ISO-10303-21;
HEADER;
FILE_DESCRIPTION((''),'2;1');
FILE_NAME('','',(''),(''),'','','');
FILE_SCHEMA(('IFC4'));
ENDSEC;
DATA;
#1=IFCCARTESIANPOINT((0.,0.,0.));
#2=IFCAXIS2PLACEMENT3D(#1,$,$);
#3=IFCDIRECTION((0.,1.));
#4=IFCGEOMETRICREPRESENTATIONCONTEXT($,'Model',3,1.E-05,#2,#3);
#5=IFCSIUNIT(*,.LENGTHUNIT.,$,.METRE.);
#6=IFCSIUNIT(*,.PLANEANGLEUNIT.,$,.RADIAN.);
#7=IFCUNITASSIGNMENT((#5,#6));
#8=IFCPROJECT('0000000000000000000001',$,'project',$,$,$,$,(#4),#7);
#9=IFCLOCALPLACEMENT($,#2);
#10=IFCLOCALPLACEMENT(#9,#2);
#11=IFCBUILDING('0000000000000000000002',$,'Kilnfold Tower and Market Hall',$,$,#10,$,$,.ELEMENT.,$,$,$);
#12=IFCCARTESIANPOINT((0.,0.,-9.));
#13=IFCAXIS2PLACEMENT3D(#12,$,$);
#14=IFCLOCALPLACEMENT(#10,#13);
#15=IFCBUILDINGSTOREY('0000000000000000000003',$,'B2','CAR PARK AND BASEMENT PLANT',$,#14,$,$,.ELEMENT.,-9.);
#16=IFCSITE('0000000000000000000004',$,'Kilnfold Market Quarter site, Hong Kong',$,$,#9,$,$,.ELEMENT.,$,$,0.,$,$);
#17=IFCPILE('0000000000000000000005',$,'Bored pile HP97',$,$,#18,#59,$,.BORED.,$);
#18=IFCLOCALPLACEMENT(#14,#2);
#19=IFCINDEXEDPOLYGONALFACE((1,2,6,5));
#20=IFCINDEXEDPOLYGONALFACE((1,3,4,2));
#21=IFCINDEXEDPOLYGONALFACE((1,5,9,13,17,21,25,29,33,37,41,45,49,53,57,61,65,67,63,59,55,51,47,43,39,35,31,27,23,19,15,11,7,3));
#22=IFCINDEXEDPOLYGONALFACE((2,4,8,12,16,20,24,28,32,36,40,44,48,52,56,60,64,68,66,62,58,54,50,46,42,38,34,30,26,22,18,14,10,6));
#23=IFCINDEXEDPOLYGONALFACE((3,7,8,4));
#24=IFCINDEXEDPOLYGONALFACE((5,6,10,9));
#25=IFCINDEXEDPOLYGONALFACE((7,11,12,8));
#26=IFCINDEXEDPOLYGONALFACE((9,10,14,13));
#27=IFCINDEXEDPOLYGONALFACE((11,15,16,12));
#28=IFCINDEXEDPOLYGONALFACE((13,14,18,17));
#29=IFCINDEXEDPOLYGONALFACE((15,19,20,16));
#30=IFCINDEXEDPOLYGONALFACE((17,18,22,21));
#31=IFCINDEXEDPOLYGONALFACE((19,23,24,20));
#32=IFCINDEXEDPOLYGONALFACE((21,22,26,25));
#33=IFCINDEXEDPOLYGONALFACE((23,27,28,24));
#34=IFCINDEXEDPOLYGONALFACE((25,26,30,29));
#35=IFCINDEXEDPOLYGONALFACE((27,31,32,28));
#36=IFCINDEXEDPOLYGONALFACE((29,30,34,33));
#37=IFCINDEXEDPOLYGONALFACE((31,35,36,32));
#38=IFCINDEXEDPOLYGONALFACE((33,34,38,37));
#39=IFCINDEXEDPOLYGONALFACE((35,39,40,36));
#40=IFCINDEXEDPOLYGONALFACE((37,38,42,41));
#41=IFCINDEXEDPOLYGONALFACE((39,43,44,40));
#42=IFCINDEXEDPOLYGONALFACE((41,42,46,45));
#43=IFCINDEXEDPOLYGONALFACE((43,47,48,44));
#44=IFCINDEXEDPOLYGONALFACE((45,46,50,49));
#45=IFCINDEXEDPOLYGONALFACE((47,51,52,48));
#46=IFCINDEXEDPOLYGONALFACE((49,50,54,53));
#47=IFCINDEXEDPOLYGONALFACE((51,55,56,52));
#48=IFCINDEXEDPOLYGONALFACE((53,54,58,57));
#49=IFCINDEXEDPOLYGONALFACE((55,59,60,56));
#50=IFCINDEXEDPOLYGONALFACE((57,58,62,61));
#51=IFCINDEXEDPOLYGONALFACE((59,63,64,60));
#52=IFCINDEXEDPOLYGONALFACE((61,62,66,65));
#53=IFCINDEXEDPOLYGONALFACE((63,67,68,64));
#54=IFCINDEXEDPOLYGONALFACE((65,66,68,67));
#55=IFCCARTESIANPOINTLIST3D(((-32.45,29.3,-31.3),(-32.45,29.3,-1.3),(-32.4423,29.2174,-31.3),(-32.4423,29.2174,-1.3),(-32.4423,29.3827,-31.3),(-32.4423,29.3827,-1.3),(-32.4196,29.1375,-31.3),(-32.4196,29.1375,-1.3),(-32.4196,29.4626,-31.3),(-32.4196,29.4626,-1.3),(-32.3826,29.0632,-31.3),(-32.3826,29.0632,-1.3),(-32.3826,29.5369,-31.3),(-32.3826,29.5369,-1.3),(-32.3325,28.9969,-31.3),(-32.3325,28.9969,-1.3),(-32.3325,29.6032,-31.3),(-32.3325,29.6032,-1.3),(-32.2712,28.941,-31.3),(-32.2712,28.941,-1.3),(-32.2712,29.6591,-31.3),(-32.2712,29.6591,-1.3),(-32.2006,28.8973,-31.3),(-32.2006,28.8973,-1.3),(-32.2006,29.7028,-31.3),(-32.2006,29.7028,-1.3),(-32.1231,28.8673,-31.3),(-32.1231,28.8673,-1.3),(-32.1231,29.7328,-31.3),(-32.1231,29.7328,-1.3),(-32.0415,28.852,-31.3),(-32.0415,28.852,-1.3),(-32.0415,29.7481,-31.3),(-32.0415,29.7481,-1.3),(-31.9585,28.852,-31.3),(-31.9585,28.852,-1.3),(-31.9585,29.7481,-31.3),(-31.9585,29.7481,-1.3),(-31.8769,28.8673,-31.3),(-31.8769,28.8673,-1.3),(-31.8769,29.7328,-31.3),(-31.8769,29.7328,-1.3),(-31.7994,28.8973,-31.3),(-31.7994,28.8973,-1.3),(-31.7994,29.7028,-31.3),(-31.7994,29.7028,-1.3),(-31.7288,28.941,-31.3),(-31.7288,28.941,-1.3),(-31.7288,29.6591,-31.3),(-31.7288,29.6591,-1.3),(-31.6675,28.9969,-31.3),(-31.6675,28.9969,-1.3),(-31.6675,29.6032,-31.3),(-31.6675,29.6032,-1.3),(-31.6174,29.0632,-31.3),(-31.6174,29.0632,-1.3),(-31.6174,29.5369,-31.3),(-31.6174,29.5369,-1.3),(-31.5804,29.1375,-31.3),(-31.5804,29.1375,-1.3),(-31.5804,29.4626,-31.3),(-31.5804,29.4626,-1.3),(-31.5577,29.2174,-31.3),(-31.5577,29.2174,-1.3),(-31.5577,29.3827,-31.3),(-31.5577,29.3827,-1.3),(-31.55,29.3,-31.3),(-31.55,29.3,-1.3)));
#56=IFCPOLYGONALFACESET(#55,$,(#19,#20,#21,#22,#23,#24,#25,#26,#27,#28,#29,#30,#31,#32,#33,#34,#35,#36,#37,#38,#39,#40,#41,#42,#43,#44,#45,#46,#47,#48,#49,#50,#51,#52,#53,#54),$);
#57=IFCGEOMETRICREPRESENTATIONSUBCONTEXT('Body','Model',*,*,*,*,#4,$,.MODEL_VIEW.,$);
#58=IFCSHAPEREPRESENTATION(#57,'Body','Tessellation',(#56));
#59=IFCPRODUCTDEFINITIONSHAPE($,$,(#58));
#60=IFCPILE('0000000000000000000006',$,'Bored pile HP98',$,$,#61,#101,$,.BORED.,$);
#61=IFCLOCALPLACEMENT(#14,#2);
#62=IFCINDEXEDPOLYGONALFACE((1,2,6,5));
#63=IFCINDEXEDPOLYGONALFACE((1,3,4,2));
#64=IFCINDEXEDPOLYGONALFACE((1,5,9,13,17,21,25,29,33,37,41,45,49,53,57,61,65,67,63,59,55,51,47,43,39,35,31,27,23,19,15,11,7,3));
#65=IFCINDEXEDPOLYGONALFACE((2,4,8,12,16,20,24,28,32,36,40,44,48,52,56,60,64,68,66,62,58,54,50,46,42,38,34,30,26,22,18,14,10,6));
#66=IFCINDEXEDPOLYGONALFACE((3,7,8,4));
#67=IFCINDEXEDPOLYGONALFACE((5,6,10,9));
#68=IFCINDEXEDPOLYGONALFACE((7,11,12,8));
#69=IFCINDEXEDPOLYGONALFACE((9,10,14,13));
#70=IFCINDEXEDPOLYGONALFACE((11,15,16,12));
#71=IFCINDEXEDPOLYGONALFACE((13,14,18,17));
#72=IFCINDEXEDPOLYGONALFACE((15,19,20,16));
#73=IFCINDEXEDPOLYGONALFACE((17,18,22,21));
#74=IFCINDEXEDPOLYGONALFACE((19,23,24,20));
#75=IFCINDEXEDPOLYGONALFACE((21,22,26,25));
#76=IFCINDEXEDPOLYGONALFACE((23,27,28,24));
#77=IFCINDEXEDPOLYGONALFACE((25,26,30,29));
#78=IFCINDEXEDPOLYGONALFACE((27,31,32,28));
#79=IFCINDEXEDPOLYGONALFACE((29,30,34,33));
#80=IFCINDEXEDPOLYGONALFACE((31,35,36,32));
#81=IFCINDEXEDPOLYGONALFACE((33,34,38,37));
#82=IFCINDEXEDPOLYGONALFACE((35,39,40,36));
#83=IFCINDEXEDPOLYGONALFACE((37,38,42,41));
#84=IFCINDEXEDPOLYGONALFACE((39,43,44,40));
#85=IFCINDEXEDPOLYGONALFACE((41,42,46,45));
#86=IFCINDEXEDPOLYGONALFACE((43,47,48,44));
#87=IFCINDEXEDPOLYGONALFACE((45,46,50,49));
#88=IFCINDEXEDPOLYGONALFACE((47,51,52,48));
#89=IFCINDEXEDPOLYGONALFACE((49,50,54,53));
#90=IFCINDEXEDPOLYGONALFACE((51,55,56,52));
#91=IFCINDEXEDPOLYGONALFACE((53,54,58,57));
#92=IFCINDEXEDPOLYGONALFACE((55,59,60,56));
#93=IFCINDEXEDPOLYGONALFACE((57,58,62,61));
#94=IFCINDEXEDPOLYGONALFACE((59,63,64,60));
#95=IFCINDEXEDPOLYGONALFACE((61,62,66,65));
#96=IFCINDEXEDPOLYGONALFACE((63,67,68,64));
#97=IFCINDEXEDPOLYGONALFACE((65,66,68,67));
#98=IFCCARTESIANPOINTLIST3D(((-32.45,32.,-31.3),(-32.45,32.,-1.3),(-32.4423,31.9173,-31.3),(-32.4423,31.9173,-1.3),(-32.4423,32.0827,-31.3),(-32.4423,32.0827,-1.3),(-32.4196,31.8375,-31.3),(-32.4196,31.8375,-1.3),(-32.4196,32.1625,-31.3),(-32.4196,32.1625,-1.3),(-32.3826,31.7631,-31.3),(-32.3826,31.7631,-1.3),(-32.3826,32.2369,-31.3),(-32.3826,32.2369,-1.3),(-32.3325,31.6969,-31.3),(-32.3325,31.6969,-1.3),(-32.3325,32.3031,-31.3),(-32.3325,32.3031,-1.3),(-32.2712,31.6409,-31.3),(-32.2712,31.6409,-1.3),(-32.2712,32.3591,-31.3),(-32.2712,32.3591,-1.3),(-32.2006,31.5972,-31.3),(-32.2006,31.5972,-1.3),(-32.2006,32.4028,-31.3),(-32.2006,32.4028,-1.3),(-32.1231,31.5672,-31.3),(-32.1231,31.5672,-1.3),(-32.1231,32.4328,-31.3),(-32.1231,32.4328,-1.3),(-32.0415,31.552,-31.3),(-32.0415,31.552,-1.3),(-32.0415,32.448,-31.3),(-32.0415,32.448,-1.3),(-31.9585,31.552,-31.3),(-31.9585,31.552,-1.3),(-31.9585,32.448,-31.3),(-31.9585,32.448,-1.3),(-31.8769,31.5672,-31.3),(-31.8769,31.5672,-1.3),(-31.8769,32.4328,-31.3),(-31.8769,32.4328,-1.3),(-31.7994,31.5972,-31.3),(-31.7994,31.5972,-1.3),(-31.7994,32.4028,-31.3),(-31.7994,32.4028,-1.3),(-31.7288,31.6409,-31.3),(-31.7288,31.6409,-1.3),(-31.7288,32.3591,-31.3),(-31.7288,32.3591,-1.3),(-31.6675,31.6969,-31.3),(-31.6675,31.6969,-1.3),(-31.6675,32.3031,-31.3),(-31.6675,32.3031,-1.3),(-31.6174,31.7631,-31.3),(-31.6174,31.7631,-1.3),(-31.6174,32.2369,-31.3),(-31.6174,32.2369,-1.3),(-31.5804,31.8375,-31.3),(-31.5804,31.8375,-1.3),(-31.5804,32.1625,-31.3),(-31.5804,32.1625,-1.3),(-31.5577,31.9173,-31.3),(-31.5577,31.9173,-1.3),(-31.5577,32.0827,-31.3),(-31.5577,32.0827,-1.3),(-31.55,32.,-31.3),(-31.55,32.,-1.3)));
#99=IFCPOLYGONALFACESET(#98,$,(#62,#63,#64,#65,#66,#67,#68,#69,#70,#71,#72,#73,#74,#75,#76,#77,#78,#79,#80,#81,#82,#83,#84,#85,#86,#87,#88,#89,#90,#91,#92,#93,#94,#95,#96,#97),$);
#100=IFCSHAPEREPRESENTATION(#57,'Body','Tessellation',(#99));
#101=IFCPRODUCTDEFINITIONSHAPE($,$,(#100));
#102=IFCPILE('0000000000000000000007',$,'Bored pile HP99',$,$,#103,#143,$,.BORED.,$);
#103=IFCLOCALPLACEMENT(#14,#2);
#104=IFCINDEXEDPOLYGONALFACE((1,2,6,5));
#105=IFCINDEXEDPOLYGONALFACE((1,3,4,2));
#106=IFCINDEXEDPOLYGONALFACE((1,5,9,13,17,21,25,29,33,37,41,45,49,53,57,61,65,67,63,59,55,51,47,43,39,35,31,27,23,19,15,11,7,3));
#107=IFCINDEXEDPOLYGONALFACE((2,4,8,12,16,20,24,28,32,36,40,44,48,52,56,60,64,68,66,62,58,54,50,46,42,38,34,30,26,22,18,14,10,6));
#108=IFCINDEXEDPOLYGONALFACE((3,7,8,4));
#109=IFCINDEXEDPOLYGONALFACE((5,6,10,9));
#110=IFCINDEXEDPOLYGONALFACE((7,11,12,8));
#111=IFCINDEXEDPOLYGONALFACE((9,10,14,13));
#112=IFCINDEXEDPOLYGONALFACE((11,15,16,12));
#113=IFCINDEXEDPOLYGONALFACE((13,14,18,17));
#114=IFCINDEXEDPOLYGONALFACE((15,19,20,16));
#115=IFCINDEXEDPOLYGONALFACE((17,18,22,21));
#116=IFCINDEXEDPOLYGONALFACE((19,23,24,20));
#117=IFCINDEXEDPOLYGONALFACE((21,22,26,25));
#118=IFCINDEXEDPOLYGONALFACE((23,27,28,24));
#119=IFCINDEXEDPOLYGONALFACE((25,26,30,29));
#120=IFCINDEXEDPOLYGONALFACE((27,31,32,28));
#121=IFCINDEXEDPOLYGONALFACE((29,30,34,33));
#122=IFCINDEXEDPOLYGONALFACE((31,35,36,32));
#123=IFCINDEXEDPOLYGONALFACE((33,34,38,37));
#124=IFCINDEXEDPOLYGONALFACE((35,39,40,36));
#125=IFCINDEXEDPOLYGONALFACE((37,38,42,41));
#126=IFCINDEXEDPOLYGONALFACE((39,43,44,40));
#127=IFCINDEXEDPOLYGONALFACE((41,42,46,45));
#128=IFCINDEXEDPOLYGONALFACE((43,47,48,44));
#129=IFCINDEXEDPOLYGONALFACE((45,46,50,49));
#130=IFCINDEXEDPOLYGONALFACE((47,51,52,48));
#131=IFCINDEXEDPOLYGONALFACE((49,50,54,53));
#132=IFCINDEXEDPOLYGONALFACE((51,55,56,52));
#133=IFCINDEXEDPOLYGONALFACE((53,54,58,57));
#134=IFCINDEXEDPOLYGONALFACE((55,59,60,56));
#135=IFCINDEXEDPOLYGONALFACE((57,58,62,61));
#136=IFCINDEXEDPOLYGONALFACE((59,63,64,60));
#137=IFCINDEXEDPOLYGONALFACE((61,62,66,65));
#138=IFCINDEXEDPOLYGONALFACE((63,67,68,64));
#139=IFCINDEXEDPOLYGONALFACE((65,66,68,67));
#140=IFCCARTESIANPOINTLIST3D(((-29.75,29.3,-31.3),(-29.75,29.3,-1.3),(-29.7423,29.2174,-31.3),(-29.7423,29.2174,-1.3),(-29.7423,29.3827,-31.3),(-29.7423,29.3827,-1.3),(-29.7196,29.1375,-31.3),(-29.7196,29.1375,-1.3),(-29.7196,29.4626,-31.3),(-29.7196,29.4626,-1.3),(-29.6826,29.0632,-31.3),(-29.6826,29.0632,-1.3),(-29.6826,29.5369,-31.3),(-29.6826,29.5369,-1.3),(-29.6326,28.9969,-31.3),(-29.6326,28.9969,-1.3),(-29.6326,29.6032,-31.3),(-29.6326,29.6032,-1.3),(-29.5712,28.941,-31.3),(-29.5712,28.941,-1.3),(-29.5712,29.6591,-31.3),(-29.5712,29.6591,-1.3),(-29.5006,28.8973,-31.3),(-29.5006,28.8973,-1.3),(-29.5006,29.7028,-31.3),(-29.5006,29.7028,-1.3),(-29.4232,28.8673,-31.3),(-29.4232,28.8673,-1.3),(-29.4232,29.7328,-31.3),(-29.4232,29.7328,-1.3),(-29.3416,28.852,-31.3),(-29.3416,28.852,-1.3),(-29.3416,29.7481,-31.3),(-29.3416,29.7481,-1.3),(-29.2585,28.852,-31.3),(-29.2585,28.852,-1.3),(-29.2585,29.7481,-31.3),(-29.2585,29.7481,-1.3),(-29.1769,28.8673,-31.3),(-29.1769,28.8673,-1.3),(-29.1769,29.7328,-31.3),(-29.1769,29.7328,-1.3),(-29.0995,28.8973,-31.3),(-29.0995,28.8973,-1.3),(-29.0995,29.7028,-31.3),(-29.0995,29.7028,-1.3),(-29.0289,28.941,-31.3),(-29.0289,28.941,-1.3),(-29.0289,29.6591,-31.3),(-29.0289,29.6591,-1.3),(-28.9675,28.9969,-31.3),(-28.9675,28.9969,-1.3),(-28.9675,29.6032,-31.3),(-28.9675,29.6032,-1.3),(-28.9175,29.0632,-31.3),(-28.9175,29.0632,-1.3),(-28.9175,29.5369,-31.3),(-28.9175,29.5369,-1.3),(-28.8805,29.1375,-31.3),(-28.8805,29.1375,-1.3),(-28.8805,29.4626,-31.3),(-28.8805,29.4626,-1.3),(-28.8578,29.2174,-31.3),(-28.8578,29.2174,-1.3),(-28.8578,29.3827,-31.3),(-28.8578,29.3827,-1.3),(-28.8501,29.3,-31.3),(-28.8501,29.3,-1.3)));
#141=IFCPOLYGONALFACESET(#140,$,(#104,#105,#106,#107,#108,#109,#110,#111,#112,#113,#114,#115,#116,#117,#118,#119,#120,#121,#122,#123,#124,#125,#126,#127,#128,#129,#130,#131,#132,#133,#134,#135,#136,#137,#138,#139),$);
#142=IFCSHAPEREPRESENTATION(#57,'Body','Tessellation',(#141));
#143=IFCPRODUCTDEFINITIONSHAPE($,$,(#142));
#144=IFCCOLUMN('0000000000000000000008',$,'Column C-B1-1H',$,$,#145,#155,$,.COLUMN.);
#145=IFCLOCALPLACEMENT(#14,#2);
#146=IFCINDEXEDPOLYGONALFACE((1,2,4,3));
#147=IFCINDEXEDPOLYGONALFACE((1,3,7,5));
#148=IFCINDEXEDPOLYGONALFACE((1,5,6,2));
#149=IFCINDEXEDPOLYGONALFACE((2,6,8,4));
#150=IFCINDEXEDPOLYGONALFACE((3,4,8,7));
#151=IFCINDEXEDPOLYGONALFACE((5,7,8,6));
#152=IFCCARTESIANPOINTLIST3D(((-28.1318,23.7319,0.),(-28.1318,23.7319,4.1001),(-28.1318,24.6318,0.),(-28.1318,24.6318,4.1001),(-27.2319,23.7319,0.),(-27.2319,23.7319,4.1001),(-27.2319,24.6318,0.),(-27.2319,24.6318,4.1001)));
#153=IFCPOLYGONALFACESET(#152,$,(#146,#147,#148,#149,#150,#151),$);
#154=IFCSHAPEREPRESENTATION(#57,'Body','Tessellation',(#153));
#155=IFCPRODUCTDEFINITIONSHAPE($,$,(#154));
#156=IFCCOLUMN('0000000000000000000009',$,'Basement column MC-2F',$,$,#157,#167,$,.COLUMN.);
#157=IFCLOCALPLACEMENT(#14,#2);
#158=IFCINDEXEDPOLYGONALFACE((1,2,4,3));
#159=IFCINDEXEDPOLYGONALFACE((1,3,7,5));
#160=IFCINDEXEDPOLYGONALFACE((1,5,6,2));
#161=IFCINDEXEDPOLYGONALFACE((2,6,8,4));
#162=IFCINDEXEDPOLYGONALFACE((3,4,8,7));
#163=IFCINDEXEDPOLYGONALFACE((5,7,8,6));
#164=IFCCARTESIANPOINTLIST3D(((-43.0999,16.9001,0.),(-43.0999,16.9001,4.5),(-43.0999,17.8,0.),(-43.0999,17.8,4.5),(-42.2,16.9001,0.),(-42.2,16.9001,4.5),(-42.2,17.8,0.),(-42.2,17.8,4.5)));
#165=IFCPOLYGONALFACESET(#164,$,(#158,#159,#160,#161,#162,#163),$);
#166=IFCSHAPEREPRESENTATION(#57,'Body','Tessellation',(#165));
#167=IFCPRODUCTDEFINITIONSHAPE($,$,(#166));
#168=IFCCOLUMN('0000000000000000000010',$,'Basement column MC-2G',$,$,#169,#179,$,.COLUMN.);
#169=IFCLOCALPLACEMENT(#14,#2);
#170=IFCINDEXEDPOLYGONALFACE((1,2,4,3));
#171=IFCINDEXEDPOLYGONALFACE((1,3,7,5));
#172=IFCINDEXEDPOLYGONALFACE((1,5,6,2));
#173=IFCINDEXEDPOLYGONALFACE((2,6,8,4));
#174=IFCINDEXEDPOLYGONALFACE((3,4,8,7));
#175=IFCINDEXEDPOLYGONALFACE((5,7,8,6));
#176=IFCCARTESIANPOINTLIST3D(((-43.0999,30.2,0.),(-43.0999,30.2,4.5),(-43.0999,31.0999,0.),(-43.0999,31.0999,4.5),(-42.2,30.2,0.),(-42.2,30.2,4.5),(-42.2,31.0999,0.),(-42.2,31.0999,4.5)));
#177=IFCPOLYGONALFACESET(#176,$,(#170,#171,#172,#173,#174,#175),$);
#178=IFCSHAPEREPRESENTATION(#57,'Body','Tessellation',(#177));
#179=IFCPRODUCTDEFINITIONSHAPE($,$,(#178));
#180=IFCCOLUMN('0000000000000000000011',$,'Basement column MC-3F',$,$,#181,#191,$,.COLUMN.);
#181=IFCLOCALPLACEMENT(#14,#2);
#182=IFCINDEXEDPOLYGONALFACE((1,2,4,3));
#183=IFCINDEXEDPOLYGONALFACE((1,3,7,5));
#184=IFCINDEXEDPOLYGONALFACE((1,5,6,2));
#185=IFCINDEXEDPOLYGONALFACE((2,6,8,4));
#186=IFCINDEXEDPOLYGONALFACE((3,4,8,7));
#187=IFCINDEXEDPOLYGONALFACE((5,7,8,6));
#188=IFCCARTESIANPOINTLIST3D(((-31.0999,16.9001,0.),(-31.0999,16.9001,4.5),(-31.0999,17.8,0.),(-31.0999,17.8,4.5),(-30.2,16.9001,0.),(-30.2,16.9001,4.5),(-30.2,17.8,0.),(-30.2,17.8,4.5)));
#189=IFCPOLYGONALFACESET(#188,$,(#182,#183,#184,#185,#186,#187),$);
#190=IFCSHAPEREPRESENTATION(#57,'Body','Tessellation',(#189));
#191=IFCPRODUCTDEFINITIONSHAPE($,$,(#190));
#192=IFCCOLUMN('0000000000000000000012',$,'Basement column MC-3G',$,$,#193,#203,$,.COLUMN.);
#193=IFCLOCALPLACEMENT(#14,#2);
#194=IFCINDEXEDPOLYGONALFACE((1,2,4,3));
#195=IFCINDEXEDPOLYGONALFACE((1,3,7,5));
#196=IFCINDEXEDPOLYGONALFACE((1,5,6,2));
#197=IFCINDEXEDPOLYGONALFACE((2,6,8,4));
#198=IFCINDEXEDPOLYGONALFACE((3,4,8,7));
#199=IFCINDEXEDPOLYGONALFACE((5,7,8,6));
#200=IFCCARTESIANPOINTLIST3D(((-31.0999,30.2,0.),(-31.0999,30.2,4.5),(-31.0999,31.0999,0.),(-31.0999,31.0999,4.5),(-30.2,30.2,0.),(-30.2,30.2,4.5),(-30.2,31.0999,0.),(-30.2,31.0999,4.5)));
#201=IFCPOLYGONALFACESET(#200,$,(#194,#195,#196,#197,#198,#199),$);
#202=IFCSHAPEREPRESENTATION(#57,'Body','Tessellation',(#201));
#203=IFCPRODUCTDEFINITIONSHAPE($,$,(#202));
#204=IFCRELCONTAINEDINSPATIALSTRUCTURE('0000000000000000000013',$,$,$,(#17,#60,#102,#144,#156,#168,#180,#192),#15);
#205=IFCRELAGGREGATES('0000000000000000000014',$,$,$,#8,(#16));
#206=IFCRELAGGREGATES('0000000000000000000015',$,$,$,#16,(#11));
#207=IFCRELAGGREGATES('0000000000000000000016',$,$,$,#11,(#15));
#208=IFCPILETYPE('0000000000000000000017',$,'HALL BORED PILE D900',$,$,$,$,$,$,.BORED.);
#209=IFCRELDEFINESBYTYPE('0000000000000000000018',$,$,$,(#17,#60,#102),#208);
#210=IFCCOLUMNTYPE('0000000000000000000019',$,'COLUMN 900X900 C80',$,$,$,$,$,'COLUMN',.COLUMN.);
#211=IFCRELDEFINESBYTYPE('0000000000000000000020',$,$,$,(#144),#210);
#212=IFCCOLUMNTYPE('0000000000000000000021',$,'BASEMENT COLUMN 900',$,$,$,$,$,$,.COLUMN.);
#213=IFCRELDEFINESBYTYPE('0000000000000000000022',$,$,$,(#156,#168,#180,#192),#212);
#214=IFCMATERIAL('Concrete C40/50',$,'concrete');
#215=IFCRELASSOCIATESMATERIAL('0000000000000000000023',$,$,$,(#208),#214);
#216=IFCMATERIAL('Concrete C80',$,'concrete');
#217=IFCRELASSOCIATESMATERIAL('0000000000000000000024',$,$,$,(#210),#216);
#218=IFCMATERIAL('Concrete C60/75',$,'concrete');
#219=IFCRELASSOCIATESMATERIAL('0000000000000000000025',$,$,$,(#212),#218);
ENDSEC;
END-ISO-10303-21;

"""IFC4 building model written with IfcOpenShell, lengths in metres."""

from ifc_helpers import new_model, si_unit, direction, frame, origin, origin_2d, place, context, subcontext, project, spatial, rectangle, circle, extrude, source, transform, mapped, material, material_profile, profile_set, type_object, element, save


model = new_model("IFC4")

# Units and contexts
model_context = context("Model", 3, precision=1e-05, world=origin(), true_north=direction((0.0, 1.0)))
body_context = subcontext(model_context, "Body", "Model", "MODEL_VIEW")
ifc_project = project(units=[si_unit("LENGTHUNIT", "METRE"), si_unit("PLANEANGLEUNIT", "RADIAN")], contexts=[model_context])

# Site, building, storey
site_placement = place(None, origin())
site = spatial("IfcSite", under=ifc_project, at=site_placement, Name="Kilnfold Market Quarter site, Hong Kong", CompositionType="ELEMENT", RefElevation=0.0)
building_placement = place(site_placement, origin())
building = spatial("IfcBuilding", under=site, at=building_placement, Name="Kilnfold Tower and Market Hall", CompositionType="ELEMENT")
storey_placement = place(building_placement, frame((0.0, 0.0, -9.0)))
storey = spatial("IfcBuildingStorey", under=building, at=storey_placement, Name="B2", Description="CAR PARK AND BASEMENT PLANT", CompositionType="ELEMENT", Elevation=-9.0)

# Piles
ifc_material_1 = material(Name="Concrete C40/50", Category="concrete")
ifc_material_profile_1 = material_profile(ifc_material_1, circle(Radius=0.45, at=origin_2d()), Name="D900")
ifc_profile_set_1 = profile_set([ifc_material_profile_1], Name="Concrete C40/50")
pile_type = type_object("IfcPileType", Name="HALL BORED PILE D900", PredefinedType="BORED", material=ifc_profile_set_1)
shared_shape_1 = source(origin(), body_context, "Body", "SweptSolid", [
    extrude(circle(Radius=0.45, at=origin_2d()), origin(), (0.0, 0.0, 1.0), 30.0),
])
for number, where, z_axis, x_axis, name in (
    (1, (-32.0, 29.3, -1.3), (0.0, 0.0, -1.0), (1.0, 0.0, 0.0), "Bored pile HP97"),
    (2, (-32.0, 32.0, -1.3), (0.0, 0.0, -1.0), (1.0, 0.0, 0.0), "Bored pile HP98"),
    (3, (-29.3, 29.3, -1.3), (0.0, 0.0, -1.0), (1.0, 0.0, 0.0), "Bored pile HP99"),
):
    element("IfcPile", number, at=place(storey_placement, frame(where, z_axis=z_axis, x_axis=x_axis)), inside=storey, type_object=pile_type, Name=name, PredefinedType="BORED", context=body_context, shape_type="MappedRepresentation", body=[
        mapped(shared_shape_1, transform((0.0, 0.0, 0.0))),
    ])

# Columns
ifc_material_2 = material(Name="Concrete C80", Category="concrete")
ifc_material_profile_2 = material_profile(ifc_material_2, rectangle(XDim=0.8999, YDim=0.8999, at=origin_2d()), Name="RC 900x900")
ifc_profile_set_2 = profile_set([ifc_material_profile_2], Name="Concrete C80")
column_type_1 = type_object("IfcColumnType", Name="COLUMN 900X900 C80", ElementType="COLUMN", PredefinedType="COLUMN", material=ifc_profile_set_2)
shared_shape_2 = source(origin(), body_context, "Body", "SweptSolid", [
    extrude(rectangle(XDim=0.8999, YDim=0.8999, at=origin_2d()), origin(), (0.0, 0.0, 1.0), 4.1001),
])
column_placement = place(storey_placement, frame((-27.6819, 24.1819, 0.0), z_axis=(0.0, 0.0, 1.0), x_axis=(1.0, 0.0, 0.0)))
element("IfcColumn", 4, at=column_placement, inside=storey, type_object=column_type_1, Name="Column C-B1-1H", PredefinedType="COLUMN", context=body_context, shape_type="MappedRepresentation", body=[
    mapped(shared_shape_2, transform((0.0, 0.0, 0.0))),
])
ifc_material_3 = material(Name="Concrete C60/75", Category="concrete")
ifc_material_profile_3 = material_profile(ifc_material_3, rectangle(XDim=0.8999, YDim=0.8999, at=origin_2d()), Name="RC 900x900")
ifc_profile_set_3 = profile_set([ifc_material_profile_3], Name="Concrete C60/75")
column_type_2 = type_object("IfcColumnType", Name="BASEMENT COLUMN 900", PredefinedType="COLUMN", material=ifc_profile_set_3)
shared_shape_3 = source(origin(), body_context, "Body", "SweptSolid", [
    extrude(rectangle(XDim=0.8999, YDim=0.8999, at=origin_2d()), origin(), (0.0, 0.0, 1.0), 4.5),
])
for number, where, z_axis, x_axis, name in (
    (5, (-42.6499, 17.3501, 0.0), (0.0, 0.0, 1.0), (1.0, 0.0, 0.0), "Basement column MC-2F"),
    (6, (-42.6499, 30.6499, 0.0), (0.0, 0.0, 1.0), (1.0, 0.0, 0.0), "Basement column MC-2G"),
    (7, (-30.6499, 17.3501, 0.0), (0.0, 0.0, 1.0), (1.0, 0.0, 0.0), "Basement column MC-3F"),
    (8, (-30.6499, 30.6499, 0.0), (0.0, 0.0, 1.0), (1.0, 0.0, 0.0), "Basement column MC-3G"),
):
    element("IfcColumn", number, at=place(storey_placement, frame(where, z_axis=z_axis, x_axis=x_axis)), inside=storey, type_object=column_type_2, Name=name, PredefinedType="COLUMN", context=body_context, shape_type="MappedRepresentation", body=[
        mapped(shared_shape_3, transform((0.0, 0.0, 0.0))),
    ])

save(model, "model.ifc")
